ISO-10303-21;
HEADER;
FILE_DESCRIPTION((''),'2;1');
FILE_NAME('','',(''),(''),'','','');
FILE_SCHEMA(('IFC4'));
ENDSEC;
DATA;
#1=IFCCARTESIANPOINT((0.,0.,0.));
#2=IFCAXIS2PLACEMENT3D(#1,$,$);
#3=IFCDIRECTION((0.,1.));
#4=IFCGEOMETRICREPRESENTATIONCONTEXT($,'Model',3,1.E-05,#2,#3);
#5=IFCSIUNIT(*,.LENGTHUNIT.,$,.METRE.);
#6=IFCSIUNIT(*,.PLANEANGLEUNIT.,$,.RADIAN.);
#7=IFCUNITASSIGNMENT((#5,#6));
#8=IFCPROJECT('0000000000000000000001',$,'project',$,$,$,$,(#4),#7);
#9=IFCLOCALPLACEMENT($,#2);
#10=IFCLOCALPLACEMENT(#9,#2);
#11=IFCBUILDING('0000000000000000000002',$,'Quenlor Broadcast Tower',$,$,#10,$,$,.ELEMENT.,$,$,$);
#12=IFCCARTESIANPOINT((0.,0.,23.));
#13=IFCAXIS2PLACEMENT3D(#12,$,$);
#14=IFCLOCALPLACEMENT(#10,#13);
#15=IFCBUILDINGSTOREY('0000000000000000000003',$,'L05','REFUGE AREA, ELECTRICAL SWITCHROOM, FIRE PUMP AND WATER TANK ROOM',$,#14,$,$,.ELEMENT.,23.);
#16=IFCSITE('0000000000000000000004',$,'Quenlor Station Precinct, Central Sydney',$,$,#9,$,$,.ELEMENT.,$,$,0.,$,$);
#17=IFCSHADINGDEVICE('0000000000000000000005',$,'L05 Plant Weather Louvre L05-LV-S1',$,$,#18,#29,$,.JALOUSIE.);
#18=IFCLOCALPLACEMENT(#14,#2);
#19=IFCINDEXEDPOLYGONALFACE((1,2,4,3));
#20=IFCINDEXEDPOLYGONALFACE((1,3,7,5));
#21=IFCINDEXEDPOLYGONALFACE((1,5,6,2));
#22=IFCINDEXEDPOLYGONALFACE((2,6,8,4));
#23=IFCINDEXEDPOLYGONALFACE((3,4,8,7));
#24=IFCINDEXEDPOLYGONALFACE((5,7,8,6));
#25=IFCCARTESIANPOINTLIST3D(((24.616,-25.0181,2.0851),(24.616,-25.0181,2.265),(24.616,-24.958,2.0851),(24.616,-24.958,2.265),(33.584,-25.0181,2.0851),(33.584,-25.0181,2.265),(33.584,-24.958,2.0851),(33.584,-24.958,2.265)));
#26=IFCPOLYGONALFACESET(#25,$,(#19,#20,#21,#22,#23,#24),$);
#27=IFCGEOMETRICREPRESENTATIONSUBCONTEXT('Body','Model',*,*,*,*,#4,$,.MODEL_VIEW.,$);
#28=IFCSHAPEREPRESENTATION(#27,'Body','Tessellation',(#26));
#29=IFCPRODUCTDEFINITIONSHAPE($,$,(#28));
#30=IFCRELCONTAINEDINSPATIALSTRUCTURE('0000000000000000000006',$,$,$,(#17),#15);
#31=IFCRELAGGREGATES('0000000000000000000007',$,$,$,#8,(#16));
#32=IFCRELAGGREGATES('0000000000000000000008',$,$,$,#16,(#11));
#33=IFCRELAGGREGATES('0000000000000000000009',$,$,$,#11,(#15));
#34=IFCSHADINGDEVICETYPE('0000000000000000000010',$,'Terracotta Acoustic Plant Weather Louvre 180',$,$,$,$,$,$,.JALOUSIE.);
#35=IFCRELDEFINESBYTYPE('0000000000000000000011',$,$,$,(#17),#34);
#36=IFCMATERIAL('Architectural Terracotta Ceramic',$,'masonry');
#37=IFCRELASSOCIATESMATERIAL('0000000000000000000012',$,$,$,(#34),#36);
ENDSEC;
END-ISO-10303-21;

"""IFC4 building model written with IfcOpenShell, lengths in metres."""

from ifc_helpers import new_model, si_unit, direction, frame, origin, origin_2d, place, context, subcontext, project, spatial, rectangle, extrude, material, material_profile, profile_set, type_object, element, save


model = new_model("IFC4")

# Units and contexts
model_context = context("Model", 3, precision=1e-05, world=origin(), true_north=direction((0.0, 1.0)))
body_context = subcontext(model_context, "Body", "Model", "MODEL_VIEW")
ifc_project = project(units=[si_unit("LENGTHUNIT", "METRE"), si_unit("PLANEANGLEUNIT", "RADIAN")], contexts=[model_context])

# Site, building, storey
site_placement = place(None, origin())
site = spatial("IfcSite", under=ifc_project, at=site_placement, Name="Quenlor Station Precinct, Central Sydney", CompositionType="ELEMENT", RefElevation=0.0)
building_placement = place(site_placement, origin())
building = spatial("IfcBuilding", under=site, at=building_placement, Name="Quenlor Broadcast Tower", CompositionType="ELEMENT")
storey_placement = place(building_placement, frame((0.0, 0.0, 23.0)))
storey = spatial("IfcBuildingStorey", under=building, at=storey_placement, Name="L05", Description="REFUGE AREA, ELECTRICAL SWITCHROOM, FIRE PUMP AND WATER TANK ROOM", CompositionType="ELEMENT", Elevation=23.0)

# Shading device
ifc_material_1 = material(Name="Architectural Terracotta Ceramic", Category="masonry")
ifc_material_profile_1 = material_profile(ifc_material_1, rectangle(XDim=0.0601, YDim=0.1799, at=origin_2d()))
ifc_profile_set_1 = profile_set([ifc_material_profile_1], Name="Architectural Terracotta Ceramic LVR60x180")
shading_device_type = type_object("IfcShadingDeviceType", Name="Terracotta Acoustic Plant Weather Louvre 180", PredefinedType="JALOUSIE", material=ifc_profile_set_1)
shading_device_placement = place(storey_placement, frame((33.584, -24.988, 2.175), z_axis=(-1.0, 0.0, 0.0), x_axis=(0.0, -1.0, 0.0)))
element("IfcShadingDevice", 1, at=shading_device_placement, inside=storey, type_object=shading_device_type, Name="L05 Plant Weather Louvre L05-LV-S1", PredefinedType="JALOUSIE", context=body_context, shape_type="SweptSolid", body=[
    extrude(rectangle(XDim=0.0601, YDim=0.1799, at=origin_2d()), origin(), (0.0, 0.0, 1.0), 8.968),
])

save(model, "model.ifc")
